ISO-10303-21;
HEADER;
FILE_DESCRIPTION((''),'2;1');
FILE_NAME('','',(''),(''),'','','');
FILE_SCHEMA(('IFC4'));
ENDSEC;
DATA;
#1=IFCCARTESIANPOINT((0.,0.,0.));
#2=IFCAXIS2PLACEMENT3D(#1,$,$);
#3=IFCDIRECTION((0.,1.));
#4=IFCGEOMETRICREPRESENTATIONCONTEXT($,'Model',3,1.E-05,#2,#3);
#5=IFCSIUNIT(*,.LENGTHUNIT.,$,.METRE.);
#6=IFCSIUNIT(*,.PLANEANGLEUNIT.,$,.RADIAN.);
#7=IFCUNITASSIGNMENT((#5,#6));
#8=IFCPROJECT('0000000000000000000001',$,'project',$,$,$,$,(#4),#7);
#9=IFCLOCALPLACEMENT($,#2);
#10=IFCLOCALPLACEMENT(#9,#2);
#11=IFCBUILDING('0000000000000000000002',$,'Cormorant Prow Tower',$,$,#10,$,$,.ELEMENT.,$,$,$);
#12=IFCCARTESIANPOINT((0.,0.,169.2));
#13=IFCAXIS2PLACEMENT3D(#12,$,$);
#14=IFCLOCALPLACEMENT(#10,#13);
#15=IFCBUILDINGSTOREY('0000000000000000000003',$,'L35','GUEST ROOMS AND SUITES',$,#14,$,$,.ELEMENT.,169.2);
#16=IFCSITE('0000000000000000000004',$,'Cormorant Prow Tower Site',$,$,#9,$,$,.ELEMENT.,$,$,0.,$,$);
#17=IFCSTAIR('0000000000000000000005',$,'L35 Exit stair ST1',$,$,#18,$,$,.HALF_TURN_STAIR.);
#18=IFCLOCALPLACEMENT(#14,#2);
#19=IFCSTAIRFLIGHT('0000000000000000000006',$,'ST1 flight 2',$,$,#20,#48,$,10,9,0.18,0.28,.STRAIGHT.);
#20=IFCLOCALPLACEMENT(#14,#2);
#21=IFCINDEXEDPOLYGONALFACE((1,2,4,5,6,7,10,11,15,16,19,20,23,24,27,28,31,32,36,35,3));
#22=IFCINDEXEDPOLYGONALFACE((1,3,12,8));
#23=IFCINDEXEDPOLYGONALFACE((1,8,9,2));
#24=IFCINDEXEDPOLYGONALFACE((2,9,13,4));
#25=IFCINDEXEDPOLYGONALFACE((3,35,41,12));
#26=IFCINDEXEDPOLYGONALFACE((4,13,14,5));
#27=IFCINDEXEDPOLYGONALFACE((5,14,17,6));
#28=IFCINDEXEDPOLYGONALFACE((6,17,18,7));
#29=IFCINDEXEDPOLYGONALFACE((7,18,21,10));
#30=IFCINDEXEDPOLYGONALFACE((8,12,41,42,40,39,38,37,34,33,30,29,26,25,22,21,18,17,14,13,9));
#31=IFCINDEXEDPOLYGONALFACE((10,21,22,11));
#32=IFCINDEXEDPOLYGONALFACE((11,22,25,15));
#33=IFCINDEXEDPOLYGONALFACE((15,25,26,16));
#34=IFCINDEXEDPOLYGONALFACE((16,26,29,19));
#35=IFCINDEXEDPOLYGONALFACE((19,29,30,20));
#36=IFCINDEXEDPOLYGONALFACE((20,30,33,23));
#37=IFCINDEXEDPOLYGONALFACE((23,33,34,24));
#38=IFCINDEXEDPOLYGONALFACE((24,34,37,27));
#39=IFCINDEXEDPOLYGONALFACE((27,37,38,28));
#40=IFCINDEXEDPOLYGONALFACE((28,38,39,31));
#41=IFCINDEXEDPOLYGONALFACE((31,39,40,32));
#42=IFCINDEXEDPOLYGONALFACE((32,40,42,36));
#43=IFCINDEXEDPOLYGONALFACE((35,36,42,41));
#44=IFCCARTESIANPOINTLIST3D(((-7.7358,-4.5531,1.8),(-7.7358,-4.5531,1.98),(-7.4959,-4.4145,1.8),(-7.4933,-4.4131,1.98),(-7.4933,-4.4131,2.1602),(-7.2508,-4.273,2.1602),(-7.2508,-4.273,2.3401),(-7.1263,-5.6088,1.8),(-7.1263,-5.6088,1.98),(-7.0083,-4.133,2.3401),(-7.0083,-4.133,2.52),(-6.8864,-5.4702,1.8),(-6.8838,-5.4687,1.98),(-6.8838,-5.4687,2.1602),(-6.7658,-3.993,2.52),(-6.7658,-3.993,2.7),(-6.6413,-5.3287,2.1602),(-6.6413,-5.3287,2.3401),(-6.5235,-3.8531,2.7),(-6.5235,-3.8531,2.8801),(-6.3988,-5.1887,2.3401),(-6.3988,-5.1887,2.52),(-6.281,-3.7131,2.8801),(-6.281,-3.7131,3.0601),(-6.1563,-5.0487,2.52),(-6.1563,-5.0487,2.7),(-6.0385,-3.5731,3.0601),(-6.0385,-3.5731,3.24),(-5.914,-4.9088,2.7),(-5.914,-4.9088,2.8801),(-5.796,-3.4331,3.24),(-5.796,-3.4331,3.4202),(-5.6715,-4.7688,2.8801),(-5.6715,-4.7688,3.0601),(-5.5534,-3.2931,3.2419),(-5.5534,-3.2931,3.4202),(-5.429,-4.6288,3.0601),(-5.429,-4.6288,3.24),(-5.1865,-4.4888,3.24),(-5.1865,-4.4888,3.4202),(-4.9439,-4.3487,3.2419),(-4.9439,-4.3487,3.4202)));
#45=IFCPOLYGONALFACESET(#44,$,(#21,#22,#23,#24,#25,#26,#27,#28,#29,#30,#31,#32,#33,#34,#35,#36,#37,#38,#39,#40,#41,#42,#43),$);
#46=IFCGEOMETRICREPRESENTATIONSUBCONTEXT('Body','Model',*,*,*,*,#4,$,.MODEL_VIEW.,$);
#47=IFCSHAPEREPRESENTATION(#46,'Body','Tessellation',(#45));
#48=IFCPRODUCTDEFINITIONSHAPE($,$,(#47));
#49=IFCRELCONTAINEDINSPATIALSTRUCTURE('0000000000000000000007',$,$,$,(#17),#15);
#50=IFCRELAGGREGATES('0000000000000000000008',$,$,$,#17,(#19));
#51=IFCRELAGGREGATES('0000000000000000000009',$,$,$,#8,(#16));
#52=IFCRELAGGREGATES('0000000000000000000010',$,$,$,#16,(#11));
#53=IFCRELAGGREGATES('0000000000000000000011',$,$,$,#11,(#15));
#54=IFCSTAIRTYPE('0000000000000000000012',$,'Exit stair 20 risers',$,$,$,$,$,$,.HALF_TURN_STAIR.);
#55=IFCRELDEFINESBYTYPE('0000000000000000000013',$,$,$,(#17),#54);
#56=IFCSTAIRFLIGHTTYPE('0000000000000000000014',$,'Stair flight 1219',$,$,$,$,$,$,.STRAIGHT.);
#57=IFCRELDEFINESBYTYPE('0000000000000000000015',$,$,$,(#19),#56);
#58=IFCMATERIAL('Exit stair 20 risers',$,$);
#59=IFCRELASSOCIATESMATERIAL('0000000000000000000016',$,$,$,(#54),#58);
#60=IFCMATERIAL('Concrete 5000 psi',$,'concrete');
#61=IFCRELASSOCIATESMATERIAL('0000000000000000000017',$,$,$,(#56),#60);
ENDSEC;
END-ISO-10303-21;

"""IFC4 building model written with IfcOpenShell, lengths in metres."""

from ifc_helpers import new_model, si_unit, direction, frame, origin, place, context, subcontext, project, spatial, polyline, outline, extrude, material, type_object, element, aggregate, save


model = new_model("IFC4")

# Units and contexts
model_context = context("Model", 3, precision=1e-05, world=origin(), true_north=direction((0.0, 1.0)))
body_context = subcontext(model_context, "Body", "Model", "MODEL_VIEW")
ifc_project = project(units=[si_unit("LENGTHUNIT", "METRE"), si_unit("PLANEANGLEUNIT", "RADIAN")], contexts=[model_context])

# Site, building, storey
site_placement = place(None, origin())
site = spatial("IfcSite", under=ifc_project, at=site_placement, Name="Cormorant Prow Tower Site", CompositionType="ELEMENT", RefElevation=0.0)
building_placement = place(site_placement, origin())
building = spatial("IfcBuilding", under=site, at=building_placement, Name="Cormorant Prow Tower", CompositionType="ELEMENT")
storey_placement = place(building_placement, frame((0.0, 0.0, 169.2)))
storey = spatial("IfcBuildingStorey", under=building, at=storey_placement, Name="L35", Description="GUEST ROOMS AND SUITES", CompositionType="ELEMENT", Elevation=169.2)

# Stair, stair flight
ifc_material_1 = material(Name="Exit stair 20 risers")
stair_type = type_object("IfcStairType", Name="Exit stair 20 risers", PredefinedType="HALF_TURN_STAIR", material=ifc_material_1)
stair_placement = place(storey_placement, origin())
stair = element("IfcStair", 1, at=stair_placement, inside=storey, type_object=stair_type, Name="L35 Exit stair ST1", PredefinedType="HALF_TURN_STAIR")
ifc_material_2 = material(Name="Concrete 5000 psi", Category="concrete")
stair_flight_type = type_object("IfcStairFlightType", Name="Stair flight 1219", PredefinedType="STRAIGHT", material=ifc_material_2)
stair_flight_placement = place(storey_placement, frame((-7.4312, -5.0808, 1.8), z_axis=(0.0, 0.0, 1.0), x_axis=(0.866025, 0.5, 0.0)))
stair_flight = element("IfcStairFlight", 2, at=stair_flight_placement, type_object=stair_flight_type, Name="ST1 flight 2", NumberOfRisers=10, NumberOfTreads=9, PredefinedType="STRAIGHT", RiserHeight=0.18, TreadLength=0.28, context=body_context, shape_type="SweptSolid", body=[
    extrude(outline(polyline([(0.0, 0.0), (0.0, 0.1799), (0.28, 0.1799), (0.28, 0.3601), (0.5601, 0.3601), (0.5601, 0.54), (0.8401, 0.54), (0.8401, 0.72), (1.1201, 0.72), (1.1201, 0.8999), (1.3999, 0.8999), (1.3999, 1.0801), (1.6799, 1.0801), (1.6799, 1.26), (1.96, 1.26), (1.96, 1.4399), (2.24, 1.4399), (2.24, 1.6201), (2.52, 1.6201), (2.52, 1.8), (2.52, 1.4419), (0.2771, 0.0), (0.0, 0.0)])), frame((0.0, 0.6094, 0.0), z_axis=(0.0, -1.0, 0.0), x_axis=(1.0, 0.0, 0.0)), (0.0, 0.0, 1.0), 1.219),
])
aggregate(stair, [stair_flight])

save(model, "model.ifc")
